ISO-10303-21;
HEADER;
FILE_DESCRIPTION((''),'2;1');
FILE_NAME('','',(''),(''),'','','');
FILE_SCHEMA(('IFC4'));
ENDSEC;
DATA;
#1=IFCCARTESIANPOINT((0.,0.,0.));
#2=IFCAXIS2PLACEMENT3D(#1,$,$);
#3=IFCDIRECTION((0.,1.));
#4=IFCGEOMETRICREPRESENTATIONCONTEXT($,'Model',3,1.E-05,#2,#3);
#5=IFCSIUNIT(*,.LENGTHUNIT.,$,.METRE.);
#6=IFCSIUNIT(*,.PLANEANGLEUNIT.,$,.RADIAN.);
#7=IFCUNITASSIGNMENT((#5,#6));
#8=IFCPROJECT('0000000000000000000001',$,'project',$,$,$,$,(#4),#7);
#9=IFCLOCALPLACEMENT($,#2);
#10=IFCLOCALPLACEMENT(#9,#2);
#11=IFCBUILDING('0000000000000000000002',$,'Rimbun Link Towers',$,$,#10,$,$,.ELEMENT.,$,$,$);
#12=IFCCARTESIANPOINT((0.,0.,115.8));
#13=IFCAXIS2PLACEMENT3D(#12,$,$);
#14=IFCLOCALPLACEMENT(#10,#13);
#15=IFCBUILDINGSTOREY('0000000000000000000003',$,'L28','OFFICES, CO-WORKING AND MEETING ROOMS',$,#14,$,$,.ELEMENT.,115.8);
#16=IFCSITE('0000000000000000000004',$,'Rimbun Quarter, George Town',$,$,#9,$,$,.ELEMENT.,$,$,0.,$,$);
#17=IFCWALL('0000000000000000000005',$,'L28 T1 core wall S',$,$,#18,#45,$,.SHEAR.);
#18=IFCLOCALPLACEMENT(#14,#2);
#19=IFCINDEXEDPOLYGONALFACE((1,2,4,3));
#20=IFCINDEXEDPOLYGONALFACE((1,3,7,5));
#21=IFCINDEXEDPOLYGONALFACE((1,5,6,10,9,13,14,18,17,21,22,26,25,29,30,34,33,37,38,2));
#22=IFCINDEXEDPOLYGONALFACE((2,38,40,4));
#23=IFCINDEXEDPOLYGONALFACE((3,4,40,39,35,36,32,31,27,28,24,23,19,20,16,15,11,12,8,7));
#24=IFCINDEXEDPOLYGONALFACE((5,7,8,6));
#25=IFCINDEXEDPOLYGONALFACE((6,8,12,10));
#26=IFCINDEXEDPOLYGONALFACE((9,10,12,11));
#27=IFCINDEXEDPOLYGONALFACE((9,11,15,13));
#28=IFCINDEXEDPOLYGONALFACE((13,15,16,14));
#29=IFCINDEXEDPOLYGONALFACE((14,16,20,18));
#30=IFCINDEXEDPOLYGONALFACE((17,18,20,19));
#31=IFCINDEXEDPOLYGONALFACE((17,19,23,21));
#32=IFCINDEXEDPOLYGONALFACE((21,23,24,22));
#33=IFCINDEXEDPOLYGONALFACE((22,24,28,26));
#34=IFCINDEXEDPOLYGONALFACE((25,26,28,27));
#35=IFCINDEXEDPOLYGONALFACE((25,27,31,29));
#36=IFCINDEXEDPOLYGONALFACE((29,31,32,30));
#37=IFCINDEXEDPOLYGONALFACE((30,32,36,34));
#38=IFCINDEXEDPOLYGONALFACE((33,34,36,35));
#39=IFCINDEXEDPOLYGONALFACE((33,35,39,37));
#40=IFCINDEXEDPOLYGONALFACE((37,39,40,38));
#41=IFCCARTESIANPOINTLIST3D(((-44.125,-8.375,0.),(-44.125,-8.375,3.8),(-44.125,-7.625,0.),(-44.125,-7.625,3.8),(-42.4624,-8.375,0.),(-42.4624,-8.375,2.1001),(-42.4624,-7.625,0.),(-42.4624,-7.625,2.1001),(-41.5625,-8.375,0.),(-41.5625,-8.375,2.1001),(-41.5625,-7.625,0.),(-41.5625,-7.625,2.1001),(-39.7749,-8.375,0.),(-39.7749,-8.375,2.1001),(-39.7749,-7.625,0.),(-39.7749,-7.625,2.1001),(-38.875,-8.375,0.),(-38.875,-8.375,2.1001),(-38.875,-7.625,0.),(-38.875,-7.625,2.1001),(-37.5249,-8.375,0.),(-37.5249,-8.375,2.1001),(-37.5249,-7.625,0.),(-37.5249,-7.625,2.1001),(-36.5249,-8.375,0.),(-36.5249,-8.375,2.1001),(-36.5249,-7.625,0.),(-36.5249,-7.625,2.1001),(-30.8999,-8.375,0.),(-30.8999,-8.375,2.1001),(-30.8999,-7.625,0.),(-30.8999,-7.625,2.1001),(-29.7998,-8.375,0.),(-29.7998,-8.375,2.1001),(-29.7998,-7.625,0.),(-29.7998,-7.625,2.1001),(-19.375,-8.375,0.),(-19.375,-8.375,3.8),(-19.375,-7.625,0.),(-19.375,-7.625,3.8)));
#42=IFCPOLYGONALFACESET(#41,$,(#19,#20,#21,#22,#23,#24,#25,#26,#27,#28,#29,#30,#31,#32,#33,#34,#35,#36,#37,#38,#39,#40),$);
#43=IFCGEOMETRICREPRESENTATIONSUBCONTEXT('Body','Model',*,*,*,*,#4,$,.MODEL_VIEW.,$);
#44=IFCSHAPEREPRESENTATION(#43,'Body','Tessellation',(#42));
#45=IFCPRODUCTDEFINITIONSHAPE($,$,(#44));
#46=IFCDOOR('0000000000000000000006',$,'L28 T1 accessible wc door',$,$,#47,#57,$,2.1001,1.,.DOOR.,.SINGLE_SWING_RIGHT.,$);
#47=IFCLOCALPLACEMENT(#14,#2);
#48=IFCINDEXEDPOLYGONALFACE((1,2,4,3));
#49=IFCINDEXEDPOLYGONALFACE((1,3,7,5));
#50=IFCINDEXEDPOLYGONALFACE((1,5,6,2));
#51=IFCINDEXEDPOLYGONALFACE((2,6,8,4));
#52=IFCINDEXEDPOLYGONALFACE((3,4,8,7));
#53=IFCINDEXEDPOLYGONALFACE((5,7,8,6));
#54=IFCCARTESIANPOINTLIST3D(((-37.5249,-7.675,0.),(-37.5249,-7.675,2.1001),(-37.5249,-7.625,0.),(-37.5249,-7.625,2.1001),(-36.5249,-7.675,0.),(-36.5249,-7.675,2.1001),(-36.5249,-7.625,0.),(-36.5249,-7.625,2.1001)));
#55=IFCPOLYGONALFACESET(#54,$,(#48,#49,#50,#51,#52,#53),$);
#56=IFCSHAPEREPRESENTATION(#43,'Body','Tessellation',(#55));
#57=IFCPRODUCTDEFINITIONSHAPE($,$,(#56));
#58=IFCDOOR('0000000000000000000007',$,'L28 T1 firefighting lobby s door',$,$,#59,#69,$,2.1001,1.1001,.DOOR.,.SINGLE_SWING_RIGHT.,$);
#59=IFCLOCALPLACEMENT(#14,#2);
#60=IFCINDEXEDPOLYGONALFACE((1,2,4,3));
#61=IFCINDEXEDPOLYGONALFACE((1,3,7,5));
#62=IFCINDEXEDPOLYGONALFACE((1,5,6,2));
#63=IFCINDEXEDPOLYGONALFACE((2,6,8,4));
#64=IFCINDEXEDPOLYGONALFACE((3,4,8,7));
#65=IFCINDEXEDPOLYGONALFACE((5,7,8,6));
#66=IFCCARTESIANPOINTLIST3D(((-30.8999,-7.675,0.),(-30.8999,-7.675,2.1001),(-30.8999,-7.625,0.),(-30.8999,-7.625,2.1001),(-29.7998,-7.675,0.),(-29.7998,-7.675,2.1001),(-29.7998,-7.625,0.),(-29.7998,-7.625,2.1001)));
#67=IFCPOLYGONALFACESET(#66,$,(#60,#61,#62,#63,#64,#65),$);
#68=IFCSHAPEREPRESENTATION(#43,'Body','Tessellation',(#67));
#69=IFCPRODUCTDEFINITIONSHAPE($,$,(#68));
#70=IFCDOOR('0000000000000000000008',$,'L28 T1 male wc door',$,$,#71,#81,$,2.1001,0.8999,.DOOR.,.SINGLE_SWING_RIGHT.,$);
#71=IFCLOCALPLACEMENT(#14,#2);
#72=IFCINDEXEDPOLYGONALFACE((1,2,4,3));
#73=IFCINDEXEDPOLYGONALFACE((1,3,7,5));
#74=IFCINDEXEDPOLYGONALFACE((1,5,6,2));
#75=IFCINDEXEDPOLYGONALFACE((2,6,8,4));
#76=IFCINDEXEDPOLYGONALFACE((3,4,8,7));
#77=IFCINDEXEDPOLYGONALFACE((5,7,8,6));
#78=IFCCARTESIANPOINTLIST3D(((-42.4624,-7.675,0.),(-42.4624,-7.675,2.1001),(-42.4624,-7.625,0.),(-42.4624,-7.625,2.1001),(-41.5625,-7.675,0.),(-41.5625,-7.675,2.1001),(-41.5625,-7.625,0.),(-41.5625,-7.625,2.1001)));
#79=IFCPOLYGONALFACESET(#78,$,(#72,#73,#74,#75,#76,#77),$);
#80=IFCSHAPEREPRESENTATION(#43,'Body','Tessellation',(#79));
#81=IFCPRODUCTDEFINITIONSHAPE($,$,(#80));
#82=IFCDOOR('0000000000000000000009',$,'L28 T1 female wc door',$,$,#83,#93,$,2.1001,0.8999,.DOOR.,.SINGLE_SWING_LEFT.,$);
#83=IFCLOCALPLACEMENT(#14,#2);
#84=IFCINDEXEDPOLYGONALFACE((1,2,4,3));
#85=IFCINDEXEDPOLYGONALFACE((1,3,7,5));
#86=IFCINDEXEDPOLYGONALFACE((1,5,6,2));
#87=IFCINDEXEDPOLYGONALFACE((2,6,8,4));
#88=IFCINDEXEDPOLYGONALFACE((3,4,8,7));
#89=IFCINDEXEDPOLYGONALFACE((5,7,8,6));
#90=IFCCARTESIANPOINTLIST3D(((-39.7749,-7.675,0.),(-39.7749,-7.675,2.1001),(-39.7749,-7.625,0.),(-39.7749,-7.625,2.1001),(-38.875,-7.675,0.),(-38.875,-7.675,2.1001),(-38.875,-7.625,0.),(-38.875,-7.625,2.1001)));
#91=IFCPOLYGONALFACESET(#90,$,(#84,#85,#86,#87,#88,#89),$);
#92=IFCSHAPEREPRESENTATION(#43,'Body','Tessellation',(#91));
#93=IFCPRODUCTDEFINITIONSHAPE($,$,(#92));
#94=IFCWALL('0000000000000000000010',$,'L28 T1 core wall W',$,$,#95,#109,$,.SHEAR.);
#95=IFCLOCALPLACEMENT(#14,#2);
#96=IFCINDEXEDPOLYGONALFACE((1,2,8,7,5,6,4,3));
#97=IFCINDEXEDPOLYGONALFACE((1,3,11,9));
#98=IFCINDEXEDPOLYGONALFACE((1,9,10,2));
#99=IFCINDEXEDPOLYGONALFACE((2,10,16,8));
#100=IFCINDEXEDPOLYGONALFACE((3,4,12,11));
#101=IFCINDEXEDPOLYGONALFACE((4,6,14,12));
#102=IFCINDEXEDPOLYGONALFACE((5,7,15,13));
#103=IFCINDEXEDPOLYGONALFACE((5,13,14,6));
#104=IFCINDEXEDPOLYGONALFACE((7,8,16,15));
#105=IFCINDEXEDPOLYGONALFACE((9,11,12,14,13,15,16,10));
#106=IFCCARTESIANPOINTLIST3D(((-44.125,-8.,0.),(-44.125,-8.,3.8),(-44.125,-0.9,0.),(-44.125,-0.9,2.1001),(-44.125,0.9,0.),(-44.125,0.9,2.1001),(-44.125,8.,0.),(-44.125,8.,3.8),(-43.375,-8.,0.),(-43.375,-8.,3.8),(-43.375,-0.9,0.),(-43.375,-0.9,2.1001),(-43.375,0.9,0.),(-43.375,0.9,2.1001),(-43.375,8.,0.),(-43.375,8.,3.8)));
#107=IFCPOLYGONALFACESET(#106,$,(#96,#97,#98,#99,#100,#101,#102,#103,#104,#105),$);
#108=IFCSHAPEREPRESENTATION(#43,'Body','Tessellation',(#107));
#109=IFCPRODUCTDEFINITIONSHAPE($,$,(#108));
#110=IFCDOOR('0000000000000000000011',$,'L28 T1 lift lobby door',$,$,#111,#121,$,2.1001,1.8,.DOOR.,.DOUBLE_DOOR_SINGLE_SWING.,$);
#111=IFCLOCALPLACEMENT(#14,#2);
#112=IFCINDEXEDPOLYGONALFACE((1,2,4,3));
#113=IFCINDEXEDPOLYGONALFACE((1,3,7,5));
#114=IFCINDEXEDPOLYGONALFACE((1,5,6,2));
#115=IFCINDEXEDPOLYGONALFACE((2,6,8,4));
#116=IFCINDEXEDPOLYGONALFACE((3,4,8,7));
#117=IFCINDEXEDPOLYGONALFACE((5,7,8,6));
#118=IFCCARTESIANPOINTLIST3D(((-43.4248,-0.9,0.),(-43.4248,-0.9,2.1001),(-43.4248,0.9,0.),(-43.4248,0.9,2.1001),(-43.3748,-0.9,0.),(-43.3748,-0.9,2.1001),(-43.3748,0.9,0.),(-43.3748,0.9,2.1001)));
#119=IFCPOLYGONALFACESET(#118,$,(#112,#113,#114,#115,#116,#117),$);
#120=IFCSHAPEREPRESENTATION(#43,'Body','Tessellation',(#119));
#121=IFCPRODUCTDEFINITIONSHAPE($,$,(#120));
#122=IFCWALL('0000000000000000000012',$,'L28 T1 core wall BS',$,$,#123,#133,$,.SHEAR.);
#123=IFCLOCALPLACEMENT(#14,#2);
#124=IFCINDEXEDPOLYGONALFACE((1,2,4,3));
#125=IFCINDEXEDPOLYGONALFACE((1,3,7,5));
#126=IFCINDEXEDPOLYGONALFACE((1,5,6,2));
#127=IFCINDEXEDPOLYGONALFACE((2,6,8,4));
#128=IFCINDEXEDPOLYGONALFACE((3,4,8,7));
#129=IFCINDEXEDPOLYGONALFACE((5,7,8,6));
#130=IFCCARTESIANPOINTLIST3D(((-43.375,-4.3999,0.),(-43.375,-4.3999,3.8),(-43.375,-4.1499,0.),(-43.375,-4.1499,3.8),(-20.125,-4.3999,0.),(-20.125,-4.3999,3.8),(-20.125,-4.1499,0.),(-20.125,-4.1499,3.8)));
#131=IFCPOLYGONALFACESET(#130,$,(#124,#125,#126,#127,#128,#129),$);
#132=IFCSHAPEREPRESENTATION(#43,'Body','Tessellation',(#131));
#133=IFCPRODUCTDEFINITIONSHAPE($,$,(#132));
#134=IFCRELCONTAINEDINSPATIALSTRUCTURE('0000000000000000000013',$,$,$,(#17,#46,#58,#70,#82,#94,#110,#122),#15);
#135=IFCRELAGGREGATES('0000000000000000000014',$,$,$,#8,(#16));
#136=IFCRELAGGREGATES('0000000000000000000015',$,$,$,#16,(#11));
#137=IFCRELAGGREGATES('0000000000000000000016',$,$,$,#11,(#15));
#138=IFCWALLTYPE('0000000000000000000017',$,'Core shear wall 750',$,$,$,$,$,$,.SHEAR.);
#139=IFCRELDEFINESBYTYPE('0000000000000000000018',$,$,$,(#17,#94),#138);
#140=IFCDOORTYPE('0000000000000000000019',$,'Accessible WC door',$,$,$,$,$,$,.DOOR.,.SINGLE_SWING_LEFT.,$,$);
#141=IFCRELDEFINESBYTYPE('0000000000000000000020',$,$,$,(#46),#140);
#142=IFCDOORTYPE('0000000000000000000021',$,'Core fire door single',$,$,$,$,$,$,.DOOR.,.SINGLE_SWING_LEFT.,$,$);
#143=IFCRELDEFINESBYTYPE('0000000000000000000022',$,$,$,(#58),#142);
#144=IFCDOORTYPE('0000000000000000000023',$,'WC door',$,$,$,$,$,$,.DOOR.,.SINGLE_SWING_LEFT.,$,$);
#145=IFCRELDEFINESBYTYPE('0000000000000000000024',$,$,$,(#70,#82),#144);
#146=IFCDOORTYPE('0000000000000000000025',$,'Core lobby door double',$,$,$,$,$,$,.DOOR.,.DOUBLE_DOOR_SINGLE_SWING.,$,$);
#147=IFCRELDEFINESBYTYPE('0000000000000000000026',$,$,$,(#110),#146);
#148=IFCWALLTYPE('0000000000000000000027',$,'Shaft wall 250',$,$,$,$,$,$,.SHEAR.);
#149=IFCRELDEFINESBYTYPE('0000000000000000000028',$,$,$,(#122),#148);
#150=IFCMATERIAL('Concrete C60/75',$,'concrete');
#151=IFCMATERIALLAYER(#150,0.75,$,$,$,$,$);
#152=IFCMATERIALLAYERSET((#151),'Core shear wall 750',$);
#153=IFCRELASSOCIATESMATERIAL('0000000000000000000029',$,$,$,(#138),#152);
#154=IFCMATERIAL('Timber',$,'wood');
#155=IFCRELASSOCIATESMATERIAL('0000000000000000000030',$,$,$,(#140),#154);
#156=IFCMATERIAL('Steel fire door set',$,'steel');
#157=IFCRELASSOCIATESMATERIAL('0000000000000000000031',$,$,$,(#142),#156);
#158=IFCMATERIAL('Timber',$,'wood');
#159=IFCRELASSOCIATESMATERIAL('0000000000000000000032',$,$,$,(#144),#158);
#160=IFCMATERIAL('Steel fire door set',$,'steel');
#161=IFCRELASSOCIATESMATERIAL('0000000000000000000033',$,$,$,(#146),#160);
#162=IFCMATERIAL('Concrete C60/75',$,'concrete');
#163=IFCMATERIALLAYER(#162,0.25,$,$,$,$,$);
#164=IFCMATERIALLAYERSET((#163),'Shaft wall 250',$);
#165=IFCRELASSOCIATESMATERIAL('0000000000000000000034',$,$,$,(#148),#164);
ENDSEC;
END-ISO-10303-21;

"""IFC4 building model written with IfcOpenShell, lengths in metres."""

from ifc_helpers import new_model, si_unit, direction, frame, frame_2d, origin, place, context, subcontext, project, spatial, rectangle, extrude, material, layer, layer_set, type_object, element, fill, save


model = new_model("IFC4")

# Units and contexts
model_context = context("Model", 3, precision=1e-05, world=origin(), true_north=direction((0.0, 1.0)))
body_context = subcontext(model_context, "Body", "Model", "MODEL_VIEW")
ifc_project = project(units=[si_unit("LENGTHUNIT", "METRE"), si_unit("PLANEANGLEUNIT", "RADIAN")], contexts=[model_context])

# Site, building, storey
site_placement = place(None, origin())
site = spatial("IfcSite", under=ifc_project, at=site_placement, Name="Rimbun Quarter, George Town", CompositionType="ELEMENT", RefElevation=0.0)
building_placement = place(site_placement, origin())
building = spatial("IfcBuilding", under=site, at=building_placement, Name="Rimbun Link Towers", CompositionType="ELEMENT")
storey_placement = place(building_placement, frame((0.0, 0.0, 115.8)))
storey = spatial("IfcBuildingStorey", under=building, at=storey_placement, Name="L28", Description="OFFICES, CO-WORKING AND MEETING ROOMS", CompositionType="ELEMENT", Elevation=115.8)

# Wall, openings, doors
ifc_material_1 = material(Name="Concrete C60/75", Category="concrete")
ifc_layer_1 = layer(ifc_material_1, 0.75)
ifc_layer_set_1 = layer_set([ifc_layer_1], Name="Core shear wall 750")
wall_type_1 = type_object("IfcWallType", Name="Core shear wall 750", PredefinedType="SHEAR", material=ifc_layer_set_1)
wall_1_placement = place(storey_placement, frame((-44.125, -8.0, 0.0), z_axis=(0.0, 0.0, 1.0), x_axis=(1.0, 0.0, 0.0)))
wall_1 = element("IfcWall", 1, at=wall_1_placement, inside=storey, type_object=wall_type_1, Name="L28 T1 core wall S", PredefinedType="SHEAR", context=body_context, shape_type="SweptSolid", body=[
    extrude(rectangle(XDim=24.75, YDim=0.75, at=frame_2d((12.375, 0.0))), origin(), (0.0, 0.0, 1.0), 3.8),
])
opening_1_placement = place(wall_1_placement, frame((13.2251, 0.0, 0.0)))
opening_1 = element("IfcOpeningElement", 2, at=opening_1_placement, cuts=wall_1, PredefinedType="OPENING", context=body_context, shape_type="SweptSolid", body=[
    extrude(rectangle(XDim=1.1001, YDim=2.1001, at=frame_2d((0.55, 1.05))), frame((0.0, 0.385, 0.0), z_axis=(0.0, -1.0, 0.0), x_axis=(1.0, 0.0, 0.0)), (0.0, 0.0, 1.0), 0.77),
])
opening_2_placement = place(wall_1_placement, frame((1.6626, 0.0, 0.0)))
opening_2 = element("IfcOpeningElement", 3, at=opening_2_placement, cuts=wall_1, PredefinedType="OPENING", context=body_context, shape_type="SweptSolid", body=[
    extrude(rectangle(XDim=0.8999, YDim=2.1001, at=frame_2d((0.45, 1.05))), frame((0.0, 0.385, 0.0), z_axis=(0.0, -1.0, 0.0), x_axis=(1.0, 0.0, 0.0)), (0.0, 0.0, 1.0), 0.77),
])
opening_3_placement = place(wall_1_placement, frame((4.3501, 0.0, 0.0)))
opening_3 = element("IfcOpeningElement", 4, at=opening_3_placement, cuts=wall_1, PredefinedType="OPENING", context=body_context, shape_type="SweptSolid", body=[
    extrude(rectangle(XDim=0.8999, YDim=2.1001, at=frame_2d((0.45, 1.05))), frame((0.0, 0.385, 0.0), z_axis=(0.0, -1.0, 0.0), x_axis=(1.0, 0.0, 0.0)), (0.0, 0.0, 1.0), 0.77),
])
opening_4_placement = place(wall_1_placement, frame((6.6001, 0.0, 0.0)))
opening_4 = element("IfcOpeningElement", 5, at=opening_4_placement, cuts=wall_1, PredefinedType="OPENING", context=body_context, shape_type="SweptSolid", body=[
    extrude(rectangle(XDim=1.0, YDim=2.1001, at=frame_2d((0.5, 1.05))), frame((0.0, 0.385, 0.0), z_axis=(0.0, -1.0, 0.0), x_axis=(1.0, 0.0, 0.0)), (0.0, 0.0, 1.0), 0.77),
])
ifc_material_2 = material(Name="Timber", Category="wood")
door_type_1 = type_object("IfcDoorType", Name="Accessible WC door", OperationType="SINGLE_SWING_LEFT", PredefinedType="DOOR", material=ifc_material_2)
door_1_placement = place(opening_4_placement, origin())
door_1 = element("IfcDoor", 6, at=door_1_placement, inside=storey, type_object=door_type_1, Name="L28 T1 accessible wc door", OperationType="SINGLE_SWING_RIGHT", OverallHeight=2.1001, OverallWidth=1.0, PredefinedType="DOOR", context=body_context, shape_type="SweptSolid", body=[
    extrude(rectangle(XDim=1.0, YDim=2.1001, at=frame_2d((0.5, 1.05))), frame((0.0, 0.375, 0.0), z_axis=(0.0, -1.0, 0.0), x_axis=(1.0, 0.0, 0.0)), (0.0, 0.0, 1.0), 0.05),
])
fill(opening_4, door_1)
ifc_material_3 = material(Name="Steel fire door set", Category="steel")
door_type_2 = type_object("IfcDoorType", Name="Core fire door single", OperationType="SINGLE_SWING_LEFT", PredefinedType="DOOR", material=ifc_material_3)
door_2_placement = place(opening_1_placement, origin())
door_2 = element("IfcDoor", 7, at=door_2_placement, inside=storey, type_object=door_type_2, Name="L28 T1 firefighting lobby s door", OperationType="SINGLE_SWING_RIGHT", OverallHeight=2.1001, OverallWidth=1.1001, PredefinedType="DOOR", context=body_context, shape_type="SweptSolid", body=[
    extrude(rectangle(XDim=1.1001, YDim=2.1001, at=frame_2d((0.55, 1.05))), frame((0.0, 0.375, 0.0), z_axis=(0.0, -1.0, 0.0), x_axis=(1.0, 0.0, 0.0)), (0.0, 0.0, 1.0), 0.05),
])
fill(opening_1, door_2)
ifc_material_4 = material(Name="Timber", Category="wood")
door_type_3 = type_object("IfcDoorType", Name="WC door", OperationType="SINGLE_SWING_LEFT", PredefinedType="DOOR", material=ifc_material_4)
door_3_placement = place(opening_2_placement, origin())
door_3 = element("IfcDoor", 8, at=door_3_placement, inside=storey, type_object=door_type_3, Name="L28 T1 male wc door", OperationType="SINGLE_SWING_RIGHT", OverallHeight=2.1001, OverallWidth=0.8999, PredefinedType="DOOR", context=body_context, shape_type="SweptSolid", body=[
    extrude(rectangle(XDim=0.8999, YDim=2.1001, at=frame_2d((0.45, 1.05))), frame((0.0, 0.375, 0.0), z_axis=(0.0, -1.0, 0.0), x_axis=(1.0, 0.0, 0.0)), (0.0, 0.0, 1.0), 0.05),
])
fill(opening_2, door_3)
door_4_placement = place(opening_3_placement, origin())
door_4 = element("IfcDoor", 9, at=door_4_placement, inside=storey, type_object=door_type_3, Name="L28 T1 female wc door", OperationType="SINGLE_SWING_LEFT", OverallHeight=2.1001, OverallWidth=0.8999, PredefinedType="DOOR", context=body_context, shape_type="SweptSolid", body=[
    extrude(rectangle(XDim=0.8999, YDim=2.1001, at=frame_2d((0.45, 1.05))), frame((0.0, 0.375, 0.0), z_axis=(0.0, -1.0, 0.0), x_axis=(1.0, 0.0, 0.0)), (0.0, 0.0, 1.0), 0.05),
])
fill(opening_3, door_4)

# Wall, opening, door
wall_2_placement = place(storey_placement, frame((-43.75, -8.0, 0.0), z_axis=(0.0, 0.0, 1.0), x_axis=(0.0, 1.0, 0.0)))
wall_2 = element("IfcWall", 10, at=wall_2_placement, inside=storey, type_object=wall_type_1, Name="L28 T1 core wall W", PredefinedType="SHEAR", context=body_context, shape_type="SweptSolid", body=[
    extrude(rectangle(XDim=16.0, YDim=0.75, at=frame_2d((8.0, 0.0))), origin(), (0.0, 0.0, 1.0), 3.8),
])
opening_5_placement = place(wall_2_placement, frame((7.1001, 0.0, 0.0)))
opening_5 = element("IfcOpeningElement", 11, at=opening_5_placement, cuts=wall_2, PredefinedType="OPENING", context=body_context, shape_type="SweptSolid", body=[
    extrude(rectangle(XDim=1.8, YDim=2.1001, at=frame_2d((0.8999, 1.05))), frame((0.0, 0.385, 0.0), z_axis=(0.0, -1.0, 0.0), x_axis=(1.0, 0.0, 0.0)), (0.0, 0.0, 1.0), 0.77),
])
ifc_material_5 = material(Name="Steel fire door set", Category="steel")
door_type_4 = type_object("IfcDoorType", Name="Core lobby door double", OperationType="DOUBLE_DOOR_SINGLE_SWING", PredefinedType="DOOR", material=ifc_material_5)
door_5_placement = place(opening_5_placement, origin())
door_5 = element("IfcDoor", 12, at=door_5_placement, inside=storey, type_object=door_type_4, Name="L28 T1 lift lobby door", OperationType="DOUBLE_DOOR_SINGLE_SWING", OverallHeight=2.1001, OverallWidth=1.8, PredefinedType="DOOR", context=body_context, shape_type="SweptSolid", body=[
    extrude(rectangle(XDim=1.8, YDim=2.1001, at=frame_2d((0.8999, 1.05))), frame((0.0, -0.3252, 0.0), z_axis=(0.0, -1.0, 0.0), x_axis=(1.0, 0.0, 0.0)), (0.0, 0.0, 1.0), 0.05),
])
fill(opening_5, door_5)

# Wall
ifc_material_6 = material(Name="Concrete C60/75", Category="concrete")
ifc_layer_2 = layer(ifc_material_6, 0.25)
ifc_layer_set_2 = layer_set([ifc_layer_2], Name="Shaft wall 250")
wall_type_2 = type_object("IfcWallType", Name="Shaft wall 250", PredefinedType="SHEAR", material=ifc_layer_set_2)
wall_3_placement = place(storey_placement, frame((-43.375, -4.2749, 0.0), z_axis=(0.0, 0.0, 1.0), x_axis=(1.0, 0.0, 0.0)))
element("IfcWall", 13, at=wall_3_placement, inside=storey, type_object=wall_type_2, Name="L28 T1 core wall BS", PredefinedType="SHEAR", context=body_context, shape_type="SweptSolid", body=[
    extrude(rectangle(XDim=23.25, YDim=0.25, at=frame_2d((11.625, 0.0))), origin(), (0.0, 0.0, 1.0), 3.8),
])

save(model, "model.ifc")
